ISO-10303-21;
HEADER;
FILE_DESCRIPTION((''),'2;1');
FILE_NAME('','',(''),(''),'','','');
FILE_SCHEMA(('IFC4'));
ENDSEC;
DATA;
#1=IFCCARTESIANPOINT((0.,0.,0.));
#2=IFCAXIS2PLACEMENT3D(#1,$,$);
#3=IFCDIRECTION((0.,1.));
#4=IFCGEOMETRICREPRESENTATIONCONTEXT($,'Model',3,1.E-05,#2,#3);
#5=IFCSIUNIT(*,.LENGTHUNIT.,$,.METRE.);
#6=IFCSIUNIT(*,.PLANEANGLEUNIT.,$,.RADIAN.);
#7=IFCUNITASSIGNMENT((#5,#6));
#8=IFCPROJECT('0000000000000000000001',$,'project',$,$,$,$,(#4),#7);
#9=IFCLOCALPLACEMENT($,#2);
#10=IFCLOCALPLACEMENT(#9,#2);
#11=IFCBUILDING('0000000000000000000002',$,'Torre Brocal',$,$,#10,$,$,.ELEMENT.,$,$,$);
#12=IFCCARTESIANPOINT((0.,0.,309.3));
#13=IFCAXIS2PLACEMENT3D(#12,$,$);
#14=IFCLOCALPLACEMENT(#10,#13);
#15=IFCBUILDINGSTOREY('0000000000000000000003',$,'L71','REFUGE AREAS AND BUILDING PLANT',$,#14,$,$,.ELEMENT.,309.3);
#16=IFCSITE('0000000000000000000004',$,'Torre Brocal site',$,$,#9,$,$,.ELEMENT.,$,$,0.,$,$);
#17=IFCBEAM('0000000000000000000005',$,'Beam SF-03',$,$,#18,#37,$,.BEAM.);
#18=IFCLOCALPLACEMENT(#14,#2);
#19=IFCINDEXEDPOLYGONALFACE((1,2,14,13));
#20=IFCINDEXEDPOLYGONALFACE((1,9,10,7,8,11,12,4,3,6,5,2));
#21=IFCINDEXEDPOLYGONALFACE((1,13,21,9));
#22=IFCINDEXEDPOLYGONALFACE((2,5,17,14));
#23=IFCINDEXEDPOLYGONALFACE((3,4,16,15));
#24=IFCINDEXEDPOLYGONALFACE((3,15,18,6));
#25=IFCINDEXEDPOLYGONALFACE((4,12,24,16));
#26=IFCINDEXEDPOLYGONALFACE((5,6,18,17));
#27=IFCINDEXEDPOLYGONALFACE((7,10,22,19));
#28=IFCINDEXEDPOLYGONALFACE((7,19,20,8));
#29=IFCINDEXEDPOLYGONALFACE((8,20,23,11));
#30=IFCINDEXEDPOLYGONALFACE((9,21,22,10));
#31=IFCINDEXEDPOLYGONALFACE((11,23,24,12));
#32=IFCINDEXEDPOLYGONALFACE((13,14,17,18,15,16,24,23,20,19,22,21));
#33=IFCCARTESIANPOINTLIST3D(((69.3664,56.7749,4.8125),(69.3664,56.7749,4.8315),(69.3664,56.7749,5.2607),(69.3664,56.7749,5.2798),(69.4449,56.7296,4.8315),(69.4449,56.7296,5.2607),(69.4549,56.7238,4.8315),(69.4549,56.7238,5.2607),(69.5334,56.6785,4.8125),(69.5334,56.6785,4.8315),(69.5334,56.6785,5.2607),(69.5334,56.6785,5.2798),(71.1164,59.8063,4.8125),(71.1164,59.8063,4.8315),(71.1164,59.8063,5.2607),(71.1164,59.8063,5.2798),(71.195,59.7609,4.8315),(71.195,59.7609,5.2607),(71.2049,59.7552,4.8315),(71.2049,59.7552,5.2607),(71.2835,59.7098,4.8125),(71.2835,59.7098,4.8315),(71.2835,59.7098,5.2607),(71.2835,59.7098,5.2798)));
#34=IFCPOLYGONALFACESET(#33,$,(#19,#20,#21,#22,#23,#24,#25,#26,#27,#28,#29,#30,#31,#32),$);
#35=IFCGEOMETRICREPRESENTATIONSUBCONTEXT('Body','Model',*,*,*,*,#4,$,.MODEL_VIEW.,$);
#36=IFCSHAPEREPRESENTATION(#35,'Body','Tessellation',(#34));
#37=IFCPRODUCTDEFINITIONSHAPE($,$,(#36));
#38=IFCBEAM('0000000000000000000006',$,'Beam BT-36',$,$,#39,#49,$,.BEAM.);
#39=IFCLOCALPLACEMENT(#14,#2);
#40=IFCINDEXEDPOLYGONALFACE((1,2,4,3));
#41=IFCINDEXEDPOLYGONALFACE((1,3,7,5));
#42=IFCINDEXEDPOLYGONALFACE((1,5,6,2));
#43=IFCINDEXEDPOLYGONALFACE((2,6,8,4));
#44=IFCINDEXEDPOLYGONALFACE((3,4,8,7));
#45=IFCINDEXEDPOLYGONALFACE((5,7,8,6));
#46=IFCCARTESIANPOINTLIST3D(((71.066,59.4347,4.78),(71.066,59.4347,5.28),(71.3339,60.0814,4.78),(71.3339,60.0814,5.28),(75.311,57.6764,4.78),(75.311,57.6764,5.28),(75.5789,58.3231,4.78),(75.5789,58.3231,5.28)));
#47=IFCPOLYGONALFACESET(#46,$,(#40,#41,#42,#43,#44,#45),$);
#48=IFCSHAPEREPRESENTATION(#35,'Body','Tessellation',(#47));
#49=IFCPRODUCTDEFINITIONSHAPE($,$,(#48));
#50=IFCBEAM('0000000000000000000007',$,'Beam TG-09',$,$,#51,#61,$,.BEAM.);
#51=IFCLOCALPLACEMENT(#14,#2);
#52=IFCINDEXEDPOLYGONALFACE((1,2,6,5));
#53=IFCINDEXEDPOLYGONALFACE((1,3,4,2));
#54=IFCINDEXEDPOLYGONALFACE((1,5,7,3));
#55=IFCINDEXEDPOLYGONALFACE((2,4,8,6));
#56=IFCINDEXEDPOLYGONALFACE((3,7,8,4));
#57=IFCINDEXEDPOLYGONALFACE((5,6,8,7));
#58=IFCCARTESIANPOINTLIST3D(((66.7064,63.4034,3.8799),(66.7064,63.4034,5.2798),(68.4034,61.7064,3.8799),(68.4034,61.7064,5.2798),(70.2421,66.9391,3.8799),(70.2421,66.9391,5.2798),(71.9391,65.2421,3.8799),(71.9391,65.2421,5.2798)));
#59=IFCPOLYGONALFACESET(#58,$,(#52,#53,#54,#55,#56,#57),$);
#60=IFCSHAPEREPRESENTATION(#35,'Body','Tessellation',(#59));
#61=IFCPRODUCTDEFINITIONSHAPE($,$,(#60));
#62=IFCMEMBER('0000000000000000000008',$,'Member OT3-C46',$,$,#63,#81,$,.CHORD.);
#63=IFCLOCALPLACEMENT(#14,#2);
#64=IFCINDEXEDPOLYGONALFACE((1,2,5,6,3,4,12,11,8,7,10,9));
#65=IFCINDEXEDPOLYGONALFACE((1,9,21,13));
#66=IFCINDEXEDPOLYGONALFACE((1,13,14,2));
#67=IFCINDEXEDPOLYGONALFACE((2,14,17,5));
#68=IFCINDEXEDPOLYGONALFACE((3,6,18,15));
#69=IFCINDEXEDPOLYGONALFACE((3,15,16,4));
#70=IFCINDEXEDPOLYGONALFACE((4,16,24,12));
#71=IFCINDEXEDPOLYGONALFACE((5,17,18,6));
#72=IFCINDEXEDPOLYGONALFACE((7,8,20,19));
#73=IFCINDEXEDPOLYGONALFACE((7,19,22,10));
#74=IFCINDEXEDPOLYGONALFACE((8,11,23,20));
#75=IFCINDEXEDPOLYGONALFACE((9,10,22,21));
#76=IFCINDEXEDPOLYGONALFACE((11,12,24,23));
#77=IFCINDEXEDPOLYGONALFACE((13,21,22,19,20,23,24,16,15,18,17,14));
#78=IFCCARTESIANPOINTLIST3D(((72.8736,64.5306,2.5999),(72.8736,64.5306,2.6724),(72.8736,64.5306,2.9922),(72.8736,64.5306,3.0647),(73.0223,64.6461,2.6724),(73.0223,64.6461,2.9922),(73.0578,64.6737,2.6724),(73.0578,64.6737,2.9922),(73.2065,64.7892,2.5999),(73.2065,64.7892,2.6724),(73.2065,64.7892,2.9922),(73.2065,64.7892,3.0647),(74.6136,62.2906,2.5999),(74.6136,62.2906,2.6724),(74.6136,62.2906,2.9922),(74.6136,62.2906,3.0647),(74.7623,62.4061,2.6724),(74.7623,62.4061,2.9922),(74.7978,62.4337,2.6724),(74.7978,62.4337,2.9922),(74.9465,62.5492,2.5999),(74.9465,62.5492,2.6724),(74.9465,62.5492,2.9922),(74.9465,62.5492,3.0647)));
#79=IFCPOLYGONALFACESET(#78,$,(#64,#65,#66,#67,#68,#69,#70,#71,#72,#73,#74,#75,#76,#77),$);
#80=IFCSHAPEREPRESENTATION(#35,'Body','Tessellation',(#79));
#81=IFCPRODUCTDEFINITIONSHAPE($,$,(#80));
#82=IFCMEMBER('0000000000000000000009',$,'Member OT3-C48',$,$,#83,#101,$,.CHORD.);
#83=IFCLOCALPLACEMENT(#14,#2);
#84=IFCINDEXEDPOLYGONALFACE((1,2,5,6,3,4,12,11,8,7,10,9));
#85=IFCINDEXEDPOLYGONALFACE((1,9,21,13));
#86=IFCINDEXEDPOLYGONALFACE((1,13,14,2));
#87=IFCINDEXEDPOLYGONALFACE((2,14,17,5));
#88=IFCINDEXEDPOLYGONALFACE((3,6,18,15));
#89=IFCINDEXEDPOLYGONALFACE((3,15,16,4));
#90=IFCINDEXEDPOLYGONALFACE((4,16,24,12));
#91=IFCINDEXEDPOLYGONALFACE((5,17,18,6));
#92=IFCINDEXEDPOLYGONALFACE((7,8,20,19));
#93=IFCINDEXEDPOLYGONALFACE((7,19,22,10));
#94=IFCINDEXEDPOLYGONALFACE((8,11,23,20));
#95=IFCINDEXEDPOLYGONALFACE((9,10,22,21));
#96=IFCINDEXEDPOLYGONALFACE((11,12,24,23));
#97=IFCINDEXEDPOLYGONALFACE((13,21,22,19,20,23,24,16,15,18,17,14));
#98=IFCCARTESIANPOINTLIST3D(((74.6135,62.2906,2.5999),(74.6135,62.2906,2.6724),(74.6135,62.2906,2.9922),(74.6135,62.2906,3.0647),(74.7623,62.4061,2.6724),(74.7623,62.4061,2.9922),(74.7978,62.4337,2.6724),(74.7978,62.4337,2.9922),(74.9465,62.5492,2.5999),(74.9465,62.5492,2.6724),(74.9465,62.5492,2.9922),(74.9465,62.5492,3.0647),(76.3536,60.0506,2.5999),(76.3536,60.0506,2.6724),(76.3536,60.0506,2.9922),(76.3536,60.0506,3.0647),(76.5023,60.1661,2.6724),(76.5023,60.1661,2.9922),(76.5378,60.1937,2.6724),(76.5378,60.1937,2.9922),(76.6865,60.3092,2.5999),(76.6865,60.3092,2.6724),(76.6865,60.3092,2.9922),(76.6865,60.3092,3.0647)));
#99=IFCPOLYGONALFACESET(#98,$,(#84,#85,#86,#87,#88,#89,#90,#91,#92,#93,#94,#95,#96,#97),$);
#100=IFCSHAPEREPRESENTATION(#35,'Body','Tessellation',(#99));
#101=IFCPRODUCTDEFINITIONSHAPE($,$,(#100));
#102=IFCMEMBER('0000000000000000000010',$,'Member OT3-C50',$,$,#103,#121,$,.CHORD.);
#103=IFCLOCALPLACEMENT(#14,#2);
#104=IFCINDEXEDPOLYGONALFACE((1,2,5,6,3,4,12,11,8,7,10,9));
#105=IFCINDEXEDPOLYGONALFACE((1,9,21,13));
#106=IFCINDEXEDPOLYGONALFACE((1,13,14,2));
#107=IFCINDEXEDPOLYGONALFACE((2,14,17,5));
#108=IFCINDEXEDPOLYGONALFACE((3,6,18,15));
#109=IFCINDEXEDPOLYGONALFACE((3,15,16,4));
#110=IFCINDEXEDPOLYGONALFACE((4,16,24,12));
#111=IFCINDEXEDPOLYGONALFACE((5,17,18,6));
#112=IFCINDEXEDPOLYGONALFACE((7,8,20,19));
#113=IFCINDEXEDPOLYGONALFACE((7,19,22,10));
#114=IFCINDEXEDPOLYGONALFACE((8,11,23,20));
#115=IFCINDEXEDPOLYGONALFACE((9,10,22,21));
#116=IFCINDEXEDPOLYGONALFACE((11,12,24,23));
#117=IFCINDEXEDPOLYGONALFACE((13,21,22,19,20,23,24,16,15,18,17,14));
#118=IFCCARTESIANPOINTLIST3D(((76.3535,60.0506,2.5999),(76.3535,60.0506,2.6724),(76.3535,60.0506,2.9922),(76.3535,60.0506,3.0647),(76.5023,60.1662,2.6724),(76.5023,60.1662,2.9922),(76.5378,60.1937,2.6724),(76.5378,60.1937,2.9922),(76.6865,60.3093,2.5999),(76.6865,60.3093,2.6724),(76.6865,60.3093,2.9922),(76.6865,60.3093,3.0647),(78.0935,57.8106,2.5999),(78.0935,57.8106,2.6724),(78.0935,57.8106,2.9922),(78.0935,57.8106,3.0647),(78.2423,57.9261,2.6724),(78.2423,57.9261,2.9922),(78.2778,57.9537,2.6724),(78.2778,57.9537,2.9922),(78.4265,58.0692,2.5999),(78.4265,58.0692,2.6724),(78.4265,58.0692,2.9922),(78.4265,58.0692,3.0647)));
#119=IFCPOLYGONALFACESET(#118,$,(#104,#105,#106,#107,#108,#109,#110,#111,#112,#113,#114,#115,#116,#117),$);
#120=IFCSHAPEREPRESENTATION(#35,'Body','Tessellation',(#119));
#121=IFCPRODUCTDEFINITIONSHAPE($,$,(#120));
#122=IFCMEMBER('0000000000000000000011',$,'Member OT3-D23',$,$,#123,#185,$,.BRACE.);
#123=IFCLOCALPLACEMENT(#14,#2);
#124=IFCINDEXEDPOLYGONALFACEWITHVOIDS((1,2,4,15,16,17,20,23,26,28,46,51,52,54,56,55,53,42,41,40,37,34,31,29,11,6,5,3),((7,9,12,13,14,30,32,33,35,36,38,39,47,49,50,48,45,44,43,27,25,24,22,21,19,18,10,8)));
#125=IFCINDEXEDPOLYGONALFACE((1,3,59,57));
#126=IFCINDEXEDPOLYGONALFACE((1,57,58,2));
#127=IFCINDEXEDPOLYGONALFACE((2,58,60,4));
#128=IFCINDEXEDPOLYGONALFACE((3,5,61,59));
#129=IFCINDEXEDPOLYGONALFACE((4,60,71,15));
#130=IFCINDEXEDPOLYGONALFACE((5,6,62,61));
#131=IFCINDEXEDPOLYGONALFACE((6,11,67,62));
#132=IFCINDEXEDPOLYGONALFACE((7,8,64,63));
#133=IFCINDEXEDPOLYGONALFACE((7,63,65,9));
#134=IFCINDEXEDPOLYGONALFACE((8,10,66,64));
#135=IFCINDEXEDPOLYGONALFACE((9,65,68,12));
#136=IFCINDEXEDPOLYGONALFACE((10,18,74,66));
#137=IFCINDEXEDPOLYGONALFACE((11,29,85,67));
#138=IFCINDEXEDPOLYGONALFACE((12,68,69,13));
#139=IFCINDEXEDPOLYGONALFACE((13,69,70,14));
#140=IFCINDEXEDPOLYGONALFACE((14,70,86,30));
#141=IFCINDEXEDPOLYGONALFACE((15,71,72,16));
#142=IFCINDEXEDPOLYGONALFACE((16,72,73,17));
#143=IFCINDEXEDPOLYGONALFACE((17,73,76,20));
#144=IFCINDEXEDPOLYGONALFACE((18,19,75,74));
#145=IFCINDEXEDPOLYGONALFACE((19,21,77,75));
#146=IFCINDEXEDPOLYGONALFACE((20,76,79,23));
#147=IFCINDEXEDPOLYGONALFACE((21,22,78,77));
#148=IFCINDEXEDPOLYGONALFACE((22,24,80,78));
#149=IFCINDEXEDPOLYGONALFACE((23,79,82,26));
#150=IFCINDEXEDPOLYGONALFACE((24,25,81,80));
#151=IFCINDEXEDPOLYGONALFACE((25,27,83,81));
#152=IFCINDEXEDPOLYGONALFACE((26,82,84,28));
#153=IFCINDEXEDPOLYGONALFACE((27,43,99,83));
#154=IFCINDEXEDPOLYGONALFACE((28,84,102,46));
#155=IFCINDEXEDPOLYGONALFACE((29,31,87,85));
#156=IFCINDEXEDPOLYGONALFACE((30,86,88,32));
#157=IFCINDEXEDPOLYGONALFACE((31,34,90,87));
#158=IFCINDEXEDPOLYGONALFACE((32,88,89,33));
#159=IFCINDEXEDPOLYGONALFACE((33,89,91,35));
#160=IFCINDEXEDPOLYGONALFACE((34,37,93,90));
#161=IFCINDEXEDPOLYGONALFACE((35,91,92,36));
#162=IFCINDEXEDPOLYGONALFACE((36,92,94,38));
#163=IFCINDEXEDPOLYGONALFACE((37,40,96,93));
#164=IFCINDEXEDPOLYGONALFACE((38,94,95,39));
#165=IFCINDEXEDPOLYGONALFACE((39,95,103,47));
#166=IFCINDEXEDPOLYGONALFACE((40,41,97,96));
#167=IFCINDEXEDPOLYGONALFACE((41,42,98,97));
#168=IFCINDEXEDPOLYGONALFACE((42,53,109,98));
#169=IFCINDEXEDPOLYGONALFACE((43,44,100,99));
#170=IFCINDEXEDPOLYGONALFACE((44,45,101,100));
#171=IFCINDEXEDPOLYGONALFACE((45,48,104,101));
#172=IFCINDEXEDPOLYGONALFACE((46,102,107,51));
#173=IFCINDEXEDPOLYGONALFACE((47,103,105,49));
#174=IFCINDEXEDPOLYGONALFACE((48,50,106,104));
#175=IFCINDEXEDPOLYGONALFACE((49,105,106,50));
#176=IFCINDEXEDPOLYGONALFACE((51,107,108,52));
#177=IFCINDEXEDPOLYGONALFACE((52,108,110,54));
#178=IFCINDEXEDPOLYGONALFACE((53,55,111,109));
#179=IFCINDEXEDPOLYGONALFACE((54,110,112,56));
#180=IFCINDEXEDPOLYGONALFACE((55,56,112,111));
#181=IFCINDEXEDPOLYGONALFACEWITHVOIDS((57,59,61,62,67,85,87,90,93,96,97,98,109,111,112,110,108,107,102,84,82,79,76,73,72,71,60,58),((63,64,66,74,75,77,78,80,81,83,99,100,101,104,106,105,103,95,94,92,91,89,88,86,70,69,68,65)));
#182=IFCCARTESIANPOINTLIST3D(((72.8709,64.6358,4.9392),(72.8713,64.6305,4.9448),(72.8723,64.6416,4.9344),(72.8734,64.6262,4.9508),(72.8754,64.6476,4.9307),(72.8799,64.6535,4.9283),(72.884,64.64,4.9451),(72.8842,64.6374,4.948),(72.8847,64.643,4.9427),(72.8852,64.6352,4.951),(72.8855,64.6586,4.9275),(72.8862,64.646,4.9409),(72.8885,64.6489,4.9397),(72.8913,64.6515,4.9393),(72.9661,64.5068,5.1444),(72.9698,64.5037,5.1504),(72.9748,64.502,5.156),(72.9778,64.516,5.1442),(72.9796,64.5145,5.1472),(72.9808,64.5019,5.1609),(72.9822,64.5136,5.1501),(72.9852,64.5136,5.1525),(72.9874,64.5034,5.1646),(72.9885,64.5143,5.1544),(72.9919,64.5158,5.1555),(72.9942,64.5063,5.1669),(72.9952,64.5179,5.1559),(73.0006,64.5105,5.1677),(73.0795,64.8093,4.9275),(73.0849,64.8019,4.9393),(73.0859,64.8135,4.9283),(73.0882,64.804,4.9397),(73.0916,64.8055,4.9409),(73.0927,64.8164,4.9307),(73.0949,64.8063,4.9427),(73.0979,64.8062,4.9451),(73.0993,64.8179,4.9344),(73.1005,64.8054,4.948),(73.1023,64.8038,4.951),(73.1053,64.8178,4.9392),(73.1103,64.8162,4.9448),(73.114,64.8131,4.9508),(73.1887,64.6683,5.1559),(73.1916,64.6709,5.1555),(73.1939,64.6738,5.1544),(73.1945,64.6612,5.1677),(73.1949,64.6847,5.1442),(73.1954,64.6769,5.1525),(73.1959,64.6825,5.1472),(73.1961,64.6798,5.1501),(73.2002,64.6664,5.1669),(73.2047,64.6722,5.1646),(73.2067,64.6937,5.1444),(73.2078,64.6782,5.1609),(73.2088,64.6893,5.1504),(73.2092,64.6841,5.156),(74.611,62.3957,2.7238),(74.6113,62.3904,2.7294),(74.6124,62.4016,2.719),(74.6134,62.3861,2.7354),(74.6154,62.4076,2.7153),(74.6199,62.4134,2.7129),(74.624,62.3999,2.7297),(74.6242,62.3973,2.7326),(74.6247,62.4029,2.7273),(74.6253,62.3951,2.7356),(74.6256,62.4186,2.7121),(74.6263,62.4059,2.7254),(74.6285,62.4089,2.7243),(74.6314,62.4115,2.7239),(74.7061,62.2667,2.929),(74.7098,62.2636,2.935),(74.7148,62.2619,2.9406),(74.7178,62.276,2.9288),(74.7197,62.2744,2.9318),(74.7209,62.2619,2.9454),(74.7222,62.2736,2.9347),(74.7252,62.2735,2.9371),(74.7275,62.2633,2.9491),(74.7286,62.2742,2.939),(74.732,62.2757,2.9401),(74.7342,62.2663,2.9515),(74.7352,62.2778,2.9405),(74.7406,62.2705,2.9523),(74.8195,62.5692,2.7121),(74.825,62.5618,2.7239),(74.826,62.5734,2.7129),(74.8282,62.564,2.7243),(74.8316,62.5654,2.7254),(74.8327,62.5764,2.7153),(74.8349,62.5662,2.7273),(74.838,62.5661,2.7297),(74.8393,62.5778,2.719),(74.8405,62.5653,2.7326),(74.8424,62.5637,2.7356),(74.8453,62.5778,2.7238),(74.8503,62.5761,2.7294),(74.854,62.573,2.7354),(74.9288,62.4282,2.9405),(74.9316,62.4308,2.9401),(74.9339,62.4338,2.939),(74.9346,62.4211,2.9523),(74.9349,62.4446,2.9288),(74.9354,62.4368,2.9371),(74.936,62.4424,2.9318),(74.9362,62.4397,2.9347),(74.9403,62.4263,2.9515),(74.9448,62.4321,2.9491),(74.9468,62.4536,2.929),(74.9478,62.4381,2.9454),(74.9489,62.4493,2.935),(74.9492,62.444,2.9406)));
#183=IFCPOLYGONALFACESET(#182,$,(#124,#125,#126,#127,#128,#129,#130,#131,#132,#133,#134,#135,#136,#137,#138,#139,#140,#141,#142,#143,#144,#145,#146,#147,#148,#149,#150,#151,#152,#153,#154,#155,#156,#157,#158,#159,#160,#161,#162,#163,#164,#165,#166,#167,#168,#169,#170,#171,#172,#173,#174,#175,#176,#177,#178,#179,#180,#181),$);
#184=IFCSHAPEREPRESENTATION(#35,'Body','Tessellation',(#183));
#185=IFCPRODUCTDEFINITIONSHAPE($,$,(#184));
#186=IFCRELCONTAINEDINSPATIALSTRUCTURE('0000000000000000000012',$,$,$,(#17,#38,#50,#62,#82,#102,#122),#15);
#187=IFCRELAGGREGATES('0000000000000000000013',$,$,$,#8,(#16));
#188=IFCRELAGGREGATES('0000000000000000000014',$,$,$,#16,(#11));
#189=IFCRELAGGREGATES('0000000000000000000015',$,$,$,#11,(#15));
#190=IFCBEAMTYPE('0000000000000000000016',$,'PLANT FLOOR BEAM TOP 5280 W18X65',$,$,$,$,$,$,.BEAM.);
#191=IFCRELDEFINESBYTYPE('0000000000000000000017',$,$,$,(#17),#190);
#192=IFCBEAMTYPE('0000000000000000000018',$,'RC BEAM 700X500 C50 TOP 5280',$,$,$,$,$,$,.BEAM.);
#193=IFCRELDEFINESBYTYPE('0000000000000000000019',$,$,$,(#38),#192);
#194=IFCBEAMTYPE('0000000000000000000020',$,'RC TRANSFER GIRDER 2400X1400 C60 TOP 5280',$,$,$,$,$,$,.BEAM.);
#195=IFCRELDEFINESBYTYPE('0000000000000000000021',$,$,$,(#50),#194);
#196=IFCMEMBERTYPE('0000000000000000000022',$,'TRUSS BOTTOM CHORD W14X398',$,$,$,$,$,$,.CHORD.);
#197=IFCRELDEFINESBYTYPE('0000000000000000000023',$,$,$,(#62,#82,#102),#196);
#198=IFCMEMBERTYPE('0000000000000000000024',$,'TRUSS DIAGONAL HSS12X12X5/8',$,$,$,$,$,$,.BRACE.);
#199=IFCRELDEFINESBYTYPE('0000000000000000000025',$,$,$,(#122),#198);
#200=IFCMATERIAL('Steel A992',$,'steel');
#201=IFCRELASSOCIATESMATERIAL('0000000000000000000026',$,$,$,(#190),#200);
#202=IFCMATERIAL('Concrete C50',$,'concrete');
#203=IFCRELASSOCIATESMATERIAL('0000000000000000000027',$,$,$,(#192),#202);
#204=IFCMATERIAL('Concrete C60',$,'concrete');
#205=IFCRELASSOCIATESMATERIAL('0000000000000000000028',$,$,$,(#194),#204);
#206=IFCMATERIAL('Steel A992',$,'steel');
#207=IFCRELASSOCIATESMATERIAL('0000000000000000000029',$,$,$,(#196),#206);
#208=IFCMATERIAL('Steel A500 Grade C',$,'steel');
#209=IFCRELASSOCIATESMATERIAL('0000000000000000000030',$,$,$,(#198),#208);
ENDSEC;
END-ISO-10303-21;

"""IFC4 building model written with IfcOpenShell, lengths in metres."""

from ifc_helpers import new_model, si_unit, direction, frame, origin, origin_2d, place, context, subcontext, project, spatial, rectangle, hollow_rectangle, i_section, extrude, material, material_profile, profile_set, type_object, element, save


model = new_model("IFC4")

# Units and contexts
model_context = context("Model", 3, precision=1e-05, world=origin(), true_north=direction((0.0, 1.0)))
body_context = subcontext(model_context, "Body", "Model", "MODEL_VIEW")
ifc_project = project(units=[si_unit("LENGTHUNIT", "METRE"), si_unit("PLANEANGLEUNIT", "RADIAN")], contexts=[model_context])

# Site, building, storey
site_placement = place(None, origin())
site = spatial("IfcSite", under=ifc_project, at=site_placement, Name="Torre Brocal site", CompositionType="ELEMENT", RefElevation=0.0)
building_placement = place(site_placement, origin())
building = spatial("IfcBuilding", under=site, at=building_placement, Name="Torre Brocal", CompositionType="ELEMENT")
storey_placement = place(building_placement, frame((0.0, 0.0, 309.3)))
storey = spatial("IfcBuildingStorey", under=building, at=storey_placement, Name="L71", Description="REFUGE AREAS AND BUILDING PLANT", CompositionType="ELEMENT", Elevation=309.3)

# Beams
ifc_material_1 = material(Name="Steel A992", Category="steel")
ifc_material_profile_1 = material_profile(ifc_material_1, i_section(OverallWidth=0.1929, OverallDepth=0.4673, WebThickness=0.0115, FlangeThickness=0.019, at=origin_2d()), Name="W18X65")
ifc_profile_set_1 = profile_set([ifc_material_profile_1], Name="Steel A992")
beam_type_1 = type_object("IfcBeamType", Name="PLANT FLOOR BEAM TOP 5280 W18X65", PredefinedType="BEAM", material=ifc_profile_set_1)
beam_1_placement = place(storey_placement, frame((71.2, 59.7581, 5.0461), z_axis=(-0.49998, -0.866037, 0.0), x_axis=(0.866037, -0.49998, 0.0)))
element("IfcBeam", 1, at=beam_1_placement, inside=storey, type_object=beam_type_1, Name="Beam SF-03", PredefinedType="BEAM", context=body_context, shape_type="SweptSolid", body=[
    extrude(i_section(OverallWidth=0.1929, OverallDepth=0.4673, WebThickness=0.0115, FlangeThickness=0.019, at=origin_2d()), origin(), (0.0, 0.0, 1.0), 3.5002),
])
ifc_material_2 = material(Name="Concrete C50", Category="concrete")
ifc_material_profile_2 = material_profile(ifc_material_2, rectangle(XDim=0.7, YDim=0.5, at=origin_2d()), Name="RC 700X500")
ifc_profile_set_2 = profile_set([ifc_material_profile_2], Name="Concrete C50")
beam_type_2 = type_object("IfcBeamType", Name="RC BEAM 700X500 C50 TOP 5280", PredefinedType="BEAM", material=ifc_profile_set_2)
beam_2_placement = place(storey_placement, frame((71.2, 59.7581, 5.03), z_axis=(0.923878, -0.382687, 0.0), x_axis=(0.382687, 0.923878, 0.0)))
element("IfcBeam", 2, at=beam_2_placement, inside=storey, type_object=beam_type_2, Name="Beam BT-36", PredefinedType="BEAM", context=body_context, shape_type="SweptSolid", body=[
    extrude(rectangle(XDim=0.7, YDim=0.5, at=origin_2d()), origin(), (0.0, 0.0, 1.0), 4.5947),
])
ifc_material_3 = material(Name="Concrete C60", Category="concrete")
ifc_material_profile_3 = material_profile(ifc_material_3, rectangle(XDim=2.3999, YDim=1.3999, at=origin_2d()), Name="RC 2400X1400")
ifc_profile_set_3 = profile_set([ifc_material_profile_3], Name="Concrete C60")
beam_type_3 = type_object("IfcBeamType", Name="RC TRANSFER GIRDER 2400X1400 C60 TOP 5280", PredefinedType="BEAM", material=ifc_profile_set_3)
beam_3_placement = place(storey_placement, frame((71.0906, 66.0906, 4.5798), z_axis=(-0.707107, -0.707107, 0.0), x_axis=(0.707107, -0.707107, 0.0)))
element("IfcBeam", 3, at=beam_3_placement, inside=storey, type_object=beam_type_3, Name="Beam TG-09", PredefinedType="BEAM", context=body_context, shape_type="SweptSolid", body=[
    extrude(rectangle(XDim=2.3999, YDim=1.3999, at=origin_2d()), origin(), (0.0, 0.0, 1.0), 5.0002),
])

# Members
ifc_material_4 = material(Name="Steel A992", Category="steel")
ifc_material_profile_4 = material_profile(ifc_material_4, i_section(OverallWidth=0.4216, OverallDepth=0.4648, WebThickness=0.0449, FlangeThickness=0.0725, at=origin_2d()), Name="W14X398")
ifc_profile_set_4 = profile_set([ifc_material_profile_4], Name="Steel A992")
member_type_1 = type_object("IfcMemberType", Name="TRUSS BOTTOM CHORD W14X398", PredefinedType="CHORD", material=ifc_profile_set_4)
for number, where, z_axis, x_axis, name in (
    (4, (73.04, 64.6599, 2.8323), (0.613452, -0.789732, 0.0), (0.789732, 0.613452, 0.0), "Member OT3-C46"),
    (5, (74.78, 62.4199, 2.8323), (0.613452, -0.789732, 0.0), (0.789732, 0.613452, 0.0), "Member OT3-C48"),
    (6, (76.52, 60.1799, 2.8323), (0.613452, -0.789732, 0.0), (0.789732, 0.613452, 0.0), "Member OT3-C50"),
):
    element("IfcMember", number, at=place(storey_placement, frame(where, z_axis=z_axis, x_axis=x_axis)), inside=storey, type_object=member_type_1, Name=name, PredefinedType="CHORD", context=body_context, shape_type="SweptSolid", body=[
        extrude(i_section(OverallWidth=0.4216, OverallDepth=0.4648, WebThickness=0.0449, FlangeThickness=0.0725, at=origin_2d()), origin(), (0.0, 0.0, 1.0), 2.8364),
    ])
ifc_material_5 = material(Name="Steel A500 Grade C", Category="steel")
ifc_material_profile_5 = material_profile(ifc_material_5, hollow_rectangle(XDim=0.3047, YDim=0.3047, WallThickness=0.0149, InnerFilletRadius=0.0149, OuterFilletRadius=0.0295, at=origin_2d()), Name="HSS12X12X5/8")
ifc_profile_set_5 = profile_set([ifc_material_profile_5], Name="Steel A500 Grade C")
member_type_2 = type_object("IfcMemberType", Name="TRUSS DIAGONAL HSS12X12X5/8", PredefinedType="BRACE", material=ifc_profile_set_5)
for number, where, z_axis, x_axis, name in (
    (7, (73.04, 64.6599, 5.0476), (0.483465, -0.622392, -0.615541), (0.789732, 0.613452, 0.0), "Member OT3-D23"),
):
    element("IfcMember", number, at=place(storey_placement, frame(where, z_axis=z_axis, x_axis=x_axis)), inside=storey, type_object=member_type_2, Name=name, PredefinedType="BRACE", context=body_context, shape_type="SweptSolid", body=[
        extrude(hollow_rectangle(XDim=0.3047, YDim=0.3047, WallThickness=0.0149, InnerFilletRadius=0.0149, OuterFilletRadius=0.0295, at=origin_2d()), origin(), (0.0, 0.0, 1.0), 3.5991),
    ])

save(model, "model.ifc")
